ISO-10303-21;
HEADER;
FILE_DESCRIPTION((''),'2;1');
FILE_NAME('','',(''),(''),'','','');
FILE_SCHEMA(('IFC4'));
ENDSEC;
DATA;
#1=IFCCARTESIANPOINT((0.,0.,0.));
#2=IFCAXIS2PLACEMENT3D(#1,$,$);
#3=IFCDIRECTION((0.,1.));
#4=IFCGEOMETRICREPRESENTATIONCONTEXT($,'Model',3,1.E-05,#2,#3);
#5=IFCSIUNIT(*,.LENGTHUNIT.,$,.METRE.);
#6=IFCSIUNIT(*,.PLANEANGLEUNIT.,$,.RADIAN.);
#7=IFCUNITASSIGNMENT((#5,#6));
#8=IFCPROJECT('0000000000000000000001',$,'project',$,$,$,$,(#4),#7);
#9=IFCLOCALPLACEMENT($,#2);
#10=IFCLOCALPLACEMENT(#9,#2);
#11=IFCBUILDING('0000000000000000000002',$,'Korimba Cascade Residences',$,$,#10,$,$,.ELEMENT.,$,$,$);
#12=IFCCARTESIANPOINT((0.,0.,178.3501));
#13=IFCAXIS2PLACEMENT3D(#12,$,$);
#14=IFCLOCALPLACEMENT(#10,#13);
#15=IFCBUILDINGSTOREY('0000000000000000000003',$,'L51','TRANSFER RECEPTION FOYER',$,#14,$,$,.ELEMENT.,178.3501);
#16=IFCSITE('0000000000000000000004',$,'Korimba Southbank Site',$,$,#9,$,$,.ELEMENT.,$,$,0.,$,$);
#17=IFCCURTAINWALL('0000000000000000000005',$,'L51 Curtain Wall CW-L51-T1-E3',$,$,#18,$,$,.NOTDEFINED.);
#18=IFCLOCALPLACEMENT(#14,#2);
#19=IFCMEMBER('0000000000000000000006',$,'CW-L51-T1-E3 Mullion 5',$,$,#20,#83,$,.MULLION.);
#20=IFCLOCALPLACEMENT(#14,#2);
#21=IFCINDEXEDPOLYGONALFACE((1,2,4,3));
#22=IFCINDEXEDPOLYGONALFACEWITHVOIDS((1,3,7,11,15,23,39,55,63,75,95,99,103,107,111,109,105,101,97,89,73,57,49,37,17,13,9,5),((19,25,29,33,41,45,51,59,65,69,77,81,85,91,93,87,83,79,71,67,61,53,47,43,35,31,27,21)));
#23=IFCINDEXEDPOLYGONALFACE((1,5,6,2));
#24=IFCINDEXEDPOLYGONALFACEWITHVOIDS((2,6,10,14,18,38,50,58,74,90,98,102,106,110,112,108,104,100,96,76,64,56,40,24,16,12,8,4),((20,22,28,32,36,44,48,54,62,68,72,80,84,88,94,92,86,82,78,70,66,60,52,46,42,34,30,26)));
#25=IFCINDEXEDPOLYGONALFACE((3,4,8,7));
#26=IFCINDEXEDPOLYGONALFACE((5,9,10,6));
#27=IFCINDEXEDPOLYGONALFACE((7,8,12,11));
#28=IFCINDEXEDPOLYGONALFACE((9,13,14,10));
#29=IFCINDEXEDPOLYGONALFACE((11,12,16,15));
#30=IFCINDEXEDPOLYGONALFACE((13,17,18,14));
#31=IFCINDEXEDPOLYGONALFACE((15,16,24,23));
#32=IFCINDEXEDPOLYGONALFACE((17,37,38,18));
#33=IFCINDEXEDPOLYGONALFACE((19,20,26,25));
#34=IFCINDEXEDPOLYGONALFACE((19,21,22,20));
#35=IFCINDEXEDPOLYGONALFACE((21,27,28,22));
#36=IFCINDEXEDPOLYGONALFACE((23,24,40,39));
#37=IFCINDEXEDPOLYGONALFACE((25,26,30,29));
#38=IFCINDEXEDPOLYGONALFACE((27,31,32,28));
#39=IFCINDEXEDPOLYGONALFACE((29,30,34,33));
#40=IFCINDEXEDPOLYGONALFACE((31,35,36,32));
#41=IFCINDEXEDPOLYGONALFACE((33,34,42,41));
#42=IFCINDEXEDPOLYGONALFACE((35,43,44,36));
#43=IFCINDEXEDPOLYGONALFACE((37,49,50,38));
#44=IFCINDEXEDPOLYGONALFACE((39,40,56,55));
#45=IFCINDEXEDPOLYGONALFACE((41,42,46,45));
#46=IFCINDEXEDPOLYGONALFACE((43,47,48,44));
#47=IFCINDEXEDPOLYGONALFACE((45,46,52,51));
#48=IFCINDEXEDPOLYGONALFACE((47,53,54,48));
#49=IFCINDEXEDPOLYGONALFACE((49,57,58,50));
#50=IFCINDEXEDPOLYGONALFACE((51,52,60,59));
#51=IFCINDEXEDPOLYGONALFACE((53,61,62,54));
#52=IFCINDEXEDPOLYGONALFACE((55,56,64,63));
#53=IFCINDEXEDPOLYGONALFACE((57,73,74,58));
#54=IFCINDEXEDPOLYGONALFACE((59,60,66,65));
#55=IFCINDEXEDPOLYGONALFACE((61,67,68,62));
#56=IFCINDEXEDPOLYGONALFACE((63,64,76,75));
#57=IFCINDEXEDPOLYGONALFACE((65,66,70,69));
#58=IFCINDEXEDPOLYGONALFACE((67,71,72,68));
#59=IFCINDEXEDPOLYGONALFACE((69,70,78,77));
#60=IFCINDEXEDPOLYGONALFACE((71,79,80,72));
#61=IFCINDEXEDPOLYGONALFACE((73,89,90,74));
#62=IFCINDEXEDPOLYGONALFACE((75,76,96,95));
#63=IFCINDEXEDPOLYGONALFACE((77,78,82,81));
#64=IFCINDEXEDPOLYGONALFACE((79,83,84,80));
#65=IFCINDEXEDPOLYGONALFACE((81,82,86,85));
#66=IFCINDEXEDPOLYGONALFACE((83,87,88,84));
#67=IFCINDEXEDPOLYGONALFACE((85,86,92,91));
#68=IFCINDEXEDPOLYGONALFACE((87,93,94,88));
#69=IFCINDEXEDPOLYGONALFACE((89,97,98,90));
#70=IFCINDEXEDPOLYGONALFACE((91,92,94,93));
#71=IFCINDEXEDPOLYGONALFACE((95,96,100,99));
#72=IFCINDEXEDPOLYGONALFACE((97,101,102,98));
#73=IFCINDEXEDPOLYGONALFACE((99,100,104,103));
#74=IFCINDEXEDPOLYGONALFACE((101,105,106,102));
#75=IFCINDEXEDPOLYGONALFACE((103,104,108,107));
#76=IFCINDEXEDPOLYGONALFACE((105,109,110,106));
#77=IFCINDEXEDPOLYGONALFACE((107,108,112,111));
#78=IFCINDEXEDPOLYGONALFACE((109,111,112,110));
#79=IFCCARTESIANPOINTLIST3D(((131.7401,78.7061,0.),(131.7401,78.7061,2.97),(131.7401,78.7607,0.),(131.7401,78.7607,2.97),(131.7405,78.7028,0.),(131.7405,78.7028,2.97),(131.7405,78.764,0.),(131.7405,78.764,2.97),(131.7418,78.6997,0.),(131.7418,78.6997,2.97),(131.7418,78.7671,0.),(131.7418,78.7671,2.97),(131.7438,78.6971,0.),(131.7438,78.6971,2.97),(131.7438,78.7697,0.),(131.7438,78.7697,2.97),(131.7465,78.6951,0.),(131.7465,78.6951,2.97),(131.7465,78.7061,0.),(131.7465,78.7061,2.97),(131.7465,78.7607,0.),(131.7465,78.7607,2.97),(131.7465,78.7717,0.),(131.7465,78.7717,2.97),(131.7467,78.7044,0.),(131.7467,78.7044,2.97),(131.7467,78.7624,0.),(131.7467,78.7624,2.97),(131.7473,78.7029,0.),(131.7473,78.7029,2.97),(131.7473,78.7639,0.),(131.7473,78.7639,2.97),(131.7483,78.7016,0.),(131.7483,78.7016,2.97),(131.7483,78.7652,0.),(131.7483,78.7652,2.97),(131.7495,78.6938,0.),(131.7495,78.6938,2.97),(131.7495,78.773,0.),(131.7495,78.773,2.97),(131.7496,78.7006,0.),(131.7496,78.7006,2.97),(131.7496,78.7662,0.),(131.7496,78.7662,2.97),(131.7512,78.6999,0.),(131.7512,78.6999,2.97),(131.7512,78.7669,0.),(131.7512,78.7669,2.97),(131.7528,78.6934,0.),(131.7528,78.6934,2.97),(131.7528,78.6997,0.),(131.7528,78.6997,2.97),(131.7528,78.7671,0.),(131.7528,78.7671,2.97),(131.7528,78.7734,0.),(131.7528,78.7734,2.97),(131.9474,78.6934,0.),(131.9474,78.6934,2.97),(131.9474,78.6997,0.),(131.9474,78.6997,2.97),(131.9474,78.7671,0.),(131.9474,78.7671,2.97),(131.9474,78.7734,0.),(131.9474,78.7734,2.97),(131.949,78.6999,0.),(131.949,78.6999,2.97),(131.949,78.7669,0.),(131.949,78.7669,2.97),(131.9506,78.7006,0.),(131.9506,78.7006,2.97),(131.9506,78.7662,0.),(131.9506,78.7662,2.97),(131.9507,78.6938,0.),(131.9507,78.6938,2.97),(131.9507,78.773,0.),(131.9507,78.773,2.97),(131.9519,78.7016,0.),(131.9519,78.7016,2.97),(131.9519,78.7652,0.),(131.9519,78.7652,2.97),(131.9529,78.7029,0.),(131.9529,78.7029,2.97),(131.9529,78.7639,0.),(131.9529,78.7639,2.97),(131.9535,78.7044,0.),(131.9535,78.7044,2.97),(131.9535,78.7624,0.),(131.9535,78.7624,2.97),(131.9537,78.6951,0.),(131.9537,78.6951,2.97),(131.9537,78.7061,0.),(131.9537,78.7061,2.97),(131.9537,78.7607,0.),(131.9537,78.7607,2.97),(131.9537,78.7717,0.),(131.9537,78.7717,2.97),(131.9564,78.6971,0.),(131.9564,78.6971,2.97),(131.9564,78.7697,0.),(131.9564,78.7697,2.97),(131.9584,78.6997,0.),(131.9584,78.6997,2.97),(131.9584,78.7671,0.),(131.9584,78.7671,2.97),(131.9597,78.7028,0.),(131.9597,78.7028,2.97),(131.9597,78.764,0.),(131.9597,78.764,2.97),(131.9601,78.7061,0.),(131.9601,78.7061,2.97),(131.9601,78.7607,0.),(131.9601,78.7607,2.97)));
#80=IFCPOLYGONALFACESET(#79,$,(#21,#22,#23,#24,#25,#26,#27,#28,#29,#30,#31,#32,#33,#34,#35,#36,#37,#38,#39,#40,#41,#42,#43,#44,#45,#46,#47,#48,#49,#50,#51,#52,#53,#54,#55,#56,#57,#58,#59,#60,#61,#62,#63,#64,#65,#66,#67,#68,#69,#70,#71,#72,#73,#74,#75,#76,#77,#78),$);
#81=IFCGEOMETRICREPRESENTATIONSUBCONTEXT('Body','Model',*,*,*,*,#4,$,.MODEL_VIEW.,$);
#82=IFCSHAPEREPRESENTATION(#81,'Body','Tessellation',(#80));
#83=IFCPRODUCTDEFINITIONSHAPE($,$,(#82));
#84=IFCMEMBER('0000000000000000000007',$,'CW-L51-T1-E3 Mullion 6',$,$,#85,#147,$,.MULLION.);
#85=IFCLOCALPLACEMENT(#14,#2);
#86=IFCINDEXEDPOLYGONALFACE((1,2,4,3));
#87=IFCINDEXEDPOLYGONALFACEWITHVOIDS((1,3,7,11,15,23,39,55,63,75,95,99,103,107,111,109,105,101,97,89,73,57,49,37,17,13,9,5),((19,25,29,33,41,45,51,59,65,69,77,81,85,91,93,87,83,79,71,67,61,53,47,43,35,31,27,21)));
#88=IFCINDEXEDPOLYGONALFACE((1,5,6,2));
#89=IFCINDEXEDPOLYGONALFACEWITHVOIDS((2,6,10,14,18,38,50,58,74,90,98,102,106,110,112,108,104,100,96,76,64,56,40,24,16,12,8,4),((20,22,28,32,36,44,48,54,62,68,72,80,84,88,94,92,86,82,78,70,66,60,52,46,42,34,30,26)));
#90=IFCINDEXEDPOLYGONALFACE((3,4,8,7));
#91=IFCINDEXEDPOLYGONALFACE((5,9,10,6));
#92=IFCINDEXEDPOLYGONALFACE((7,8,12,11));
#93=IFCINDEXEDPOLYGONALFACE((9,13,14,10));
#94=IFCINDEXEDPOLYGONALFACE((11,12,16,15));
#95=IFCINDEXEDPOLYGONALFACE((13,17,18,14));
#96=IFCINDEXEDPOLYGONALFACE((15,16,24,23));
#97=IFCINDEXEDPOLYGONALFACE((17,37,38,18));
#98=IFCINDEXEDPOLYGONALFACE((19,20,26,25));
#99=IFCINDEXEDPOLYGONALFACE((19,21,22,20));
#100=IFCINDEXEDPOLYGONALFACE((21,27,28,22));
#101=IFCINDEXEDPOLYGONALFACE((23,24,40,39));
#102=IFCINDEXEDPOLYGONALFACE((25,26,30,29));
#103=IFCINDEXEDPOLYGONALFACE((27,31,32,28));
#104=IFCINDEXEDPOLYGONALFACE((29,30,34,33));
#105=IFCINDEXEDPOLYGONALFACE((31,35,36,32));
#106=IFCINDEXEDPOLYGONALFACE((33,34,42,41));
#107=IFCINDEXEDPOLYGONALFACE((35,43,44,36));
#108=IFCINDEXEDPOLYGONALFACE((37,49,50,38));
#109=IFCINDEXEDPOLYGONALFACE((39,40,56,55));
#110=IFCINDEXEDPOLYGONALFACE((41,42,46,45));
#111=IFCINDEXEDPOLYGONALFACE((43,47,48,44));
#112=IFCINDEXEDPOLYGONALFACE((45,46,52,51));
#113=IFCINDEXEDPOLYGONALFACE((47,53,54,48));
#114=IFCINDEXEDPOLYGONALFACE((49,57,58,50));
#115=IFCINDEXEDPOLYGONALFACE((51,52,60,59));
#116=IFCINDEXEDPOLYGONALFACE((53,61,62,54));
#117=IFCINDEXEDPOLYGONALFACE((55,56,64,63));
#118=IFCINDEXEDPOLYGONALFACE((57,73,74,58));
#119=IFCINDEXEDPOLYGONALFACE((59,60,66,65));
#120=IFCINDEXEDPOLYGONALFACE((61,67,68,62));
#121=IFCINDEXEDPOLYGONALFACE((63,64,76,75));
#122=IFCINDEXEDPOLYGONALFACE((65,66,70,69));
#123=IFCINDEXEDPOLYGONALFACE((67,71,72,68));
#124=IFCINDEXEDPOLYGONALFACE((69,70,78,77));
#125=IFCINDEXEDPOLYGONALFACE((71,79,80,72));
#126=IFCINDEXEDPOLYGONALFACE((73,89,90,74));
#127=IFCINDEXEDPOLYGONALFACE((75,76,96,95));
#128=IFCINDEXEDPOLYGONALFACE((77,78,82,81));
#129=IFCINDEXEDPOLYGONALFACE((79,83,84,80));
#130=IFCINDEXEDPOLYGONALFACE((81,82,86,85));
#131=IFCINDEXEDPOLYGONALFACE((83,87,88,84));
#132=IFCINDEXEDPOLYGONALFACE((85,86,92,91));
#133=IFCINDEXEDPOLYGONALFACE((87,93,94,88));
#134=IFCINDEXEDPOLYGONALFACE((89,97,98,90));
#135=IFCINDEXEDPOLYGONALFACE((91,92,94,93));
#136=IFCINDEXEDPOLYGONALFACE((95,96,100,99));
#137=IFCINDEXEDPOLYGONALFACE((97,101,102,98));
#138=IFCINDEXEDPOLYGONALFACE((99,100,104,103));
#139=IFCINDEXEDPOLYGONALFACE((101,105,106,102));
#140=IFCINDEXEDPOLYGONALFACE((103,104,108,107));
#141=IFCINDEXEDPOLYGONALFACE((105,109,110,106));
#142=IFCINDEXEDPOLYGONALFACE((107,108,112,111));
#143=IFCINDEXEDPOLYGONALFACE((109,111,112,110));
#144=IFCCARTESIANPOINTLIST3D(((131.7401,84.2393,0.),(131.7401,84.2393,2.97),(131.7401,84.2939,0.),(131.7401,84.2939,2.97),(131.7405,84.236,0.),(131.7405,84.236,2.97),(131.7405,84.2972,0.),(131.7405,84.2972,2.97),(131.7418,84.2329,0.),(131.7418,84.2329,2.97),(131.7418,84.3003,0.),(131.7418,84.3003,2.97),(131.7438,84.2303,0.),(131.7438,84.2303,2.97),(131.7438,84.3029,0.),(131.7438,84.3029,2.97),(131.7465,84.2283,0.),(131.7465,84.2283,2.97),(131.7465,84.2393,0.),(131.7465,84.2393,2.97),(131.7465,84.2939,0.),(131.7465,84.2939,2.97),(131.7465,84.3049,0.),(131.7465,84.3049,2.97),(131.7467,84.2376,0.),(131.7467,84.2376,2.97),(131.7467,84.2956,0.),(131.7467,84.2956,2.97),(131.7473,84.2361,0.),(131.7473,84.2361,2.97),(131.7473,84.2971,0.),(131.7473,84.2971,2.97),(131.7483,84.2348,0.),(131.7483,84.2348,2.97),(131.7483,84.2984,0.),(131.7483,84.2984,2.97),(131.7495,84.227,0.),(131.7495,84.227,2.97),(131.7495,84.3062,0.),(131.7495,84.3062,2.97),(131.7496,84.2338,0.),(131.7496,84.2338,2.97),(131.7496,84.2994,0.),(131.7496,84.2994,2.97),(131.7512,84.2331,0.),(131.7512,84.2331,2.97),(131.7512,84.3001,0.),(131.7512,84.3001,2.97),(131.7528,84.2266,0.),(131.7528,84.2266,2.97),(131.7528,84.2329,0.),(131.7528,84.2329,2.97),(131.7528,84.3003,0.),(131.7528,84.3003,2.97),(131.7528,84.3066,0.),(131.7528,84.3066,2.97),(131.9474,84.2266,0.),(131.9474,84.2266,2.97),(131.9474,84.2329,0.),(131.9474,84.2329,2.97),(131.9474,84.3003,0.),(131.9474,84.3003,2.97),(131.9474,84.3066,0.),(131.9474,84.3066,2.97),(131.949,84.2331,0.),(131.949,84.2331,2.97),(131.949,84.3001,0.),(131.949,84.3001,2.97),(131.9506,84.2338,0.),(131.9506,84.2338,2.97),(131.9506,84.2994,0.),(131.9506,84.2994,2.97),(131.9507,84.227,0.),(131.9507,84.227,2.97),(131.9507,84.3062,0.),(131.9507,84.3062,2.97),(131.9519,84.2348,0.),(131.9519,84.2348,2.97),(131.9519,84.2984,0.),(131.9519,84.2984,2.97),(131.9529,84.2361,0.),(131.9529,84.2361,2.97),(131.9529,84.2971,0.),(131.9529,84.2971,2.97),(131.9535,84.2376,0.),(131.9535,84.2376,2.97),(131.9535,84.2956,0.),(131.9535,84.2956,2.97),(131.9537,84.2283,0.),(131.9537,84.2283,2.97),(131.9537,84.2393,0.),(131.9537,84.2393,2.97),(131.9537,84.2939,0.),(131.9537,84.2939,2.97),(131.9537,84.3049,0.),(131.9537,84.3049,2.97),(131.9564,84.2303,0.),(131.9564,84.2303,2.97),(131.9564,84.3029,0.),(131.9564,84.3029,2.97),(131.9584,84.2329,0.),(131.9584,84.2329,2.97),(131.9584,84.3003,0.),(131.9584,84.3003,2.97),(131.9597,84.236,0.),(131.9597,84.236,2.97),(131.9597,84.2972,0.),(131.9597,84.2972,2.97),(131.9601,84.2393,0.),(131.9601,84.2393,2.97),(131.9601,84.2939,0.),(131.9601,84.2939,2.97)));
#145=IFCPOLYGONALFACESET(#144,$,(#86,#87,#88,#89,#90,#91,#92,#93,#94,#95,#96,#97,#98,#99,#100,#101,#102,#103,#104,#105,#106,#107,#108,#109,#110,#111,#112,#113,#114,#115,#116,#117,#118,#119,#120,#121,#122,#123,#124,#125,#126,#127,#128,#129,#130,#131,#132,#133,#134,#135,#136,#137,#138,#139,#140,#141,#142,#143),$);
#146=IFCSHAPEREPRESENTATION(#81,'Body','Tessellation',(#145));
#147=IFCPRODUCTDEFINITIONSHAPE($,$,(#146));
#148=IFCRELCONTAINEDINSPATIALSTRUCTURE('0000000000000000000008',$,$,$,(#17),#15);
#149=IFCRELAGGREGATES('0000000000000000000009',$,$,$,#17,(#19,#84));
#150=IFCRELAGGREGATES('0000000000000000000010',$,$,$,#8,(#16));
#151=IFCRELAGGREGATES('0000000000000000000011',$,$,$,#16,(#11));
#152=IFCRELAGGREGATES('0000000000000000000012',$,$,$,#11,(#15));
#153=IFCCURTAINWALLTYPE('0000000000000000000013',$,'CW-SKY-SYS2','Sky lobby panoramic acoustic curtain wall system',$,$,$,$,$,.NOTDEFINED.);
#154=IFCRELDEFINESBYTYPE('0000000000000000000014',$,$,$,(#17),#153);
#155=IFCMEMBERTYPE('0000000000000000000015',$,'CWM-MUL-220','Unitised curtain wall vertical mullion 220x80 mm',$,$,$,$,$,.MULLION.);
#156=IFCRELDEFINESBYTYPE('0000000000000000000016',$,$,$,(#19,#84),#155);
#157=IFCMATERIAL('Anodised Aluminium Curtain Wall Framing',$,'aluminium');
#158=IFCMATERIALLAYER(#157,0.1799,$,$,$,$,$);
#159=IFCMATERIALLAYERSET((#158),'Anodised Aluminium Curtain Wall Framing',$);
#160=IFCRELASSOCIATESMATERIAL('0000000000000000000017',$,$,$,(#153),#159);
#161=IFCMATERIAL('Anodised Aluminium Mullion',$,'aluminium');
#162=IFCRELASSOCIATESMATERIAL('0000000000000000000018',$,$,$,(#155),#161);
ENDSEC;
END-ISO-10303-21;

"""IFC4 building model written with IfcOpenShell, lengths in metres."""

from ifc_helpers import new_model, si_unit, direction, frame, origin, origin_2d, place, context, subcontext, project, spatial, hollow_rectangle, extrude, material, layer, layer_set, material_profile, profile_set, type_object, element, aggregate, save


model = new_model("IFC4")

# Units and contexts
model_context = context("Model", 3, precision=1e-05, world=origin(), true_north=direction((0.0, 1.0)))
body_context = subcontext(model_context, "Body", "Model", "MODEL_VIEW")
ifc_project = project(units=[si_unit("LENGTHUNIT", "METRE"), si_unit("PLANEANGLEUNIT", "RADIAN")], contexts=[model_context])

# Site, building, storey
site_placement = place(None, origin())
site = spatial("IfcSite", under=ifc_project, at=site_placement, Name="Korimba Southbank Site", CompositionType="ELEMENT", RefElevation=0.0)
building_placement = place(site_placement, origin())
building = spatial("IfcBuilding", under=site, at=building_placement, Name="Korimba Cascade Residences", CompositionType="ELEMENT")
storey_placement = place(building_placement, frame((0.0, 0.0, 178.3501)))
storey = spatial("IfcBuildingStorey", under=building, at=storey_placement, Name="L51", Description="TRANSFER RECEPTION FOYER", CompositionType="ELEMENT", Elevation=178.3501)

# Curtain wall, members
ifc_material_1 = material(Name="Anodised Aluminium Curtain Wall Framing", Category="aluminium")
ifc_layer_1 = layer(ifc_material_1, 0.1799)
ifc_layer_set_1 = layer_set([ifc_layer_1], Name="Anodised Aluminium Curtain Wall Framing")
curtain_wall_type = type_object("IfcCurtainWallType", Name="CW-SKY-SYS2", Description="Sky lobby panoramic acoustic curtain wall system", PredefinedType="NOTDEFINED", material=ifc_layer_set_1)
curtain_wall_placement = place(storey_placement, origin())
curtain_wall = element("IfcCurtainWall", 1, at=curtain_wall_placement, inside=storey, type_object=curtain_wall_type, Name="L51 Curtain Wall CW-L51-T1-E3", PredefinedType="NOTDEFINED")
ifc_material_2 = material(Name="Anodised Aluminium Mullion", Category="aluminium")
ifc_material_profile_1 = material_profile(ifc_material_2, hollow_rectangle(XDim=0.0801, YDim=0.22, WallThickness=0.0063, InnerFilletRadius=0.0063, OuterFilletRadius=0.0127, at=origin_2d()), Name="Anodised Aluminium Mullion")
ifc_profile_set_1 = profile_set([ifc_material_profile_1], Name="Anodised Aluminium Mullion")
member_type_1 = type_object("IfcMemberType", Name="CWM-MUL-220", Description="Unitised curtain wall vertical mullion 220x80 mm", PredefinedType="MULLION", material=ifc_profile_set_1)
member_1_placement = place(storey_placement, frame((131.8501, 78.7334, 0.0), z_axis=(0.0, 0.0, 1.0), x_axis=(0.0, 1.0, 0.0)))
member_1 = element("IfcMember", 2, at=member_1_placement, type_object=member_type_1, Name="CW-L51-T1-E3 Mullion 5", PredefinedType="MULLION", context=body_context, shape_type="SweptSolid", body=[
    extrude(hollow_rectangle(XDim=0.0801, YDim=0.22, WallThickness=0.0063, InnerFilletRadius=0.0063, OuterFilletRadius=0.0127, at=origin_2d()), origin(), (0.0, 0.0, 1.0), 2.97),
])
member_2_placement = place(storey_placement, frame((131.8501, 84.2666, 0.0), z_axis=(0.0, 0.0, 1.0), x_axis=(0.0, 1.0, 0.0)))
member_2 = element("IfcMember", 3, at=member_2_placement, type_object=member_type_1, Name="CW-L51-T1-E3 Mullion 6", PredefinedType="MULLION", context=body_context, shape_type="SweptSolid", body=[
    extrude(hollow_rectangle(XDim=0.0801, YDim=0.22, WallThickness=0.0063, InnerFilletRadius=0.0063, OuterFilletRadius=0.0127, at=origin_2d()), origin(), (0.0, 0.0, 1.0), 2.97),
])
aggregate(curtain_wall, [member_1, member_2])

save(model, "model.ifc")
